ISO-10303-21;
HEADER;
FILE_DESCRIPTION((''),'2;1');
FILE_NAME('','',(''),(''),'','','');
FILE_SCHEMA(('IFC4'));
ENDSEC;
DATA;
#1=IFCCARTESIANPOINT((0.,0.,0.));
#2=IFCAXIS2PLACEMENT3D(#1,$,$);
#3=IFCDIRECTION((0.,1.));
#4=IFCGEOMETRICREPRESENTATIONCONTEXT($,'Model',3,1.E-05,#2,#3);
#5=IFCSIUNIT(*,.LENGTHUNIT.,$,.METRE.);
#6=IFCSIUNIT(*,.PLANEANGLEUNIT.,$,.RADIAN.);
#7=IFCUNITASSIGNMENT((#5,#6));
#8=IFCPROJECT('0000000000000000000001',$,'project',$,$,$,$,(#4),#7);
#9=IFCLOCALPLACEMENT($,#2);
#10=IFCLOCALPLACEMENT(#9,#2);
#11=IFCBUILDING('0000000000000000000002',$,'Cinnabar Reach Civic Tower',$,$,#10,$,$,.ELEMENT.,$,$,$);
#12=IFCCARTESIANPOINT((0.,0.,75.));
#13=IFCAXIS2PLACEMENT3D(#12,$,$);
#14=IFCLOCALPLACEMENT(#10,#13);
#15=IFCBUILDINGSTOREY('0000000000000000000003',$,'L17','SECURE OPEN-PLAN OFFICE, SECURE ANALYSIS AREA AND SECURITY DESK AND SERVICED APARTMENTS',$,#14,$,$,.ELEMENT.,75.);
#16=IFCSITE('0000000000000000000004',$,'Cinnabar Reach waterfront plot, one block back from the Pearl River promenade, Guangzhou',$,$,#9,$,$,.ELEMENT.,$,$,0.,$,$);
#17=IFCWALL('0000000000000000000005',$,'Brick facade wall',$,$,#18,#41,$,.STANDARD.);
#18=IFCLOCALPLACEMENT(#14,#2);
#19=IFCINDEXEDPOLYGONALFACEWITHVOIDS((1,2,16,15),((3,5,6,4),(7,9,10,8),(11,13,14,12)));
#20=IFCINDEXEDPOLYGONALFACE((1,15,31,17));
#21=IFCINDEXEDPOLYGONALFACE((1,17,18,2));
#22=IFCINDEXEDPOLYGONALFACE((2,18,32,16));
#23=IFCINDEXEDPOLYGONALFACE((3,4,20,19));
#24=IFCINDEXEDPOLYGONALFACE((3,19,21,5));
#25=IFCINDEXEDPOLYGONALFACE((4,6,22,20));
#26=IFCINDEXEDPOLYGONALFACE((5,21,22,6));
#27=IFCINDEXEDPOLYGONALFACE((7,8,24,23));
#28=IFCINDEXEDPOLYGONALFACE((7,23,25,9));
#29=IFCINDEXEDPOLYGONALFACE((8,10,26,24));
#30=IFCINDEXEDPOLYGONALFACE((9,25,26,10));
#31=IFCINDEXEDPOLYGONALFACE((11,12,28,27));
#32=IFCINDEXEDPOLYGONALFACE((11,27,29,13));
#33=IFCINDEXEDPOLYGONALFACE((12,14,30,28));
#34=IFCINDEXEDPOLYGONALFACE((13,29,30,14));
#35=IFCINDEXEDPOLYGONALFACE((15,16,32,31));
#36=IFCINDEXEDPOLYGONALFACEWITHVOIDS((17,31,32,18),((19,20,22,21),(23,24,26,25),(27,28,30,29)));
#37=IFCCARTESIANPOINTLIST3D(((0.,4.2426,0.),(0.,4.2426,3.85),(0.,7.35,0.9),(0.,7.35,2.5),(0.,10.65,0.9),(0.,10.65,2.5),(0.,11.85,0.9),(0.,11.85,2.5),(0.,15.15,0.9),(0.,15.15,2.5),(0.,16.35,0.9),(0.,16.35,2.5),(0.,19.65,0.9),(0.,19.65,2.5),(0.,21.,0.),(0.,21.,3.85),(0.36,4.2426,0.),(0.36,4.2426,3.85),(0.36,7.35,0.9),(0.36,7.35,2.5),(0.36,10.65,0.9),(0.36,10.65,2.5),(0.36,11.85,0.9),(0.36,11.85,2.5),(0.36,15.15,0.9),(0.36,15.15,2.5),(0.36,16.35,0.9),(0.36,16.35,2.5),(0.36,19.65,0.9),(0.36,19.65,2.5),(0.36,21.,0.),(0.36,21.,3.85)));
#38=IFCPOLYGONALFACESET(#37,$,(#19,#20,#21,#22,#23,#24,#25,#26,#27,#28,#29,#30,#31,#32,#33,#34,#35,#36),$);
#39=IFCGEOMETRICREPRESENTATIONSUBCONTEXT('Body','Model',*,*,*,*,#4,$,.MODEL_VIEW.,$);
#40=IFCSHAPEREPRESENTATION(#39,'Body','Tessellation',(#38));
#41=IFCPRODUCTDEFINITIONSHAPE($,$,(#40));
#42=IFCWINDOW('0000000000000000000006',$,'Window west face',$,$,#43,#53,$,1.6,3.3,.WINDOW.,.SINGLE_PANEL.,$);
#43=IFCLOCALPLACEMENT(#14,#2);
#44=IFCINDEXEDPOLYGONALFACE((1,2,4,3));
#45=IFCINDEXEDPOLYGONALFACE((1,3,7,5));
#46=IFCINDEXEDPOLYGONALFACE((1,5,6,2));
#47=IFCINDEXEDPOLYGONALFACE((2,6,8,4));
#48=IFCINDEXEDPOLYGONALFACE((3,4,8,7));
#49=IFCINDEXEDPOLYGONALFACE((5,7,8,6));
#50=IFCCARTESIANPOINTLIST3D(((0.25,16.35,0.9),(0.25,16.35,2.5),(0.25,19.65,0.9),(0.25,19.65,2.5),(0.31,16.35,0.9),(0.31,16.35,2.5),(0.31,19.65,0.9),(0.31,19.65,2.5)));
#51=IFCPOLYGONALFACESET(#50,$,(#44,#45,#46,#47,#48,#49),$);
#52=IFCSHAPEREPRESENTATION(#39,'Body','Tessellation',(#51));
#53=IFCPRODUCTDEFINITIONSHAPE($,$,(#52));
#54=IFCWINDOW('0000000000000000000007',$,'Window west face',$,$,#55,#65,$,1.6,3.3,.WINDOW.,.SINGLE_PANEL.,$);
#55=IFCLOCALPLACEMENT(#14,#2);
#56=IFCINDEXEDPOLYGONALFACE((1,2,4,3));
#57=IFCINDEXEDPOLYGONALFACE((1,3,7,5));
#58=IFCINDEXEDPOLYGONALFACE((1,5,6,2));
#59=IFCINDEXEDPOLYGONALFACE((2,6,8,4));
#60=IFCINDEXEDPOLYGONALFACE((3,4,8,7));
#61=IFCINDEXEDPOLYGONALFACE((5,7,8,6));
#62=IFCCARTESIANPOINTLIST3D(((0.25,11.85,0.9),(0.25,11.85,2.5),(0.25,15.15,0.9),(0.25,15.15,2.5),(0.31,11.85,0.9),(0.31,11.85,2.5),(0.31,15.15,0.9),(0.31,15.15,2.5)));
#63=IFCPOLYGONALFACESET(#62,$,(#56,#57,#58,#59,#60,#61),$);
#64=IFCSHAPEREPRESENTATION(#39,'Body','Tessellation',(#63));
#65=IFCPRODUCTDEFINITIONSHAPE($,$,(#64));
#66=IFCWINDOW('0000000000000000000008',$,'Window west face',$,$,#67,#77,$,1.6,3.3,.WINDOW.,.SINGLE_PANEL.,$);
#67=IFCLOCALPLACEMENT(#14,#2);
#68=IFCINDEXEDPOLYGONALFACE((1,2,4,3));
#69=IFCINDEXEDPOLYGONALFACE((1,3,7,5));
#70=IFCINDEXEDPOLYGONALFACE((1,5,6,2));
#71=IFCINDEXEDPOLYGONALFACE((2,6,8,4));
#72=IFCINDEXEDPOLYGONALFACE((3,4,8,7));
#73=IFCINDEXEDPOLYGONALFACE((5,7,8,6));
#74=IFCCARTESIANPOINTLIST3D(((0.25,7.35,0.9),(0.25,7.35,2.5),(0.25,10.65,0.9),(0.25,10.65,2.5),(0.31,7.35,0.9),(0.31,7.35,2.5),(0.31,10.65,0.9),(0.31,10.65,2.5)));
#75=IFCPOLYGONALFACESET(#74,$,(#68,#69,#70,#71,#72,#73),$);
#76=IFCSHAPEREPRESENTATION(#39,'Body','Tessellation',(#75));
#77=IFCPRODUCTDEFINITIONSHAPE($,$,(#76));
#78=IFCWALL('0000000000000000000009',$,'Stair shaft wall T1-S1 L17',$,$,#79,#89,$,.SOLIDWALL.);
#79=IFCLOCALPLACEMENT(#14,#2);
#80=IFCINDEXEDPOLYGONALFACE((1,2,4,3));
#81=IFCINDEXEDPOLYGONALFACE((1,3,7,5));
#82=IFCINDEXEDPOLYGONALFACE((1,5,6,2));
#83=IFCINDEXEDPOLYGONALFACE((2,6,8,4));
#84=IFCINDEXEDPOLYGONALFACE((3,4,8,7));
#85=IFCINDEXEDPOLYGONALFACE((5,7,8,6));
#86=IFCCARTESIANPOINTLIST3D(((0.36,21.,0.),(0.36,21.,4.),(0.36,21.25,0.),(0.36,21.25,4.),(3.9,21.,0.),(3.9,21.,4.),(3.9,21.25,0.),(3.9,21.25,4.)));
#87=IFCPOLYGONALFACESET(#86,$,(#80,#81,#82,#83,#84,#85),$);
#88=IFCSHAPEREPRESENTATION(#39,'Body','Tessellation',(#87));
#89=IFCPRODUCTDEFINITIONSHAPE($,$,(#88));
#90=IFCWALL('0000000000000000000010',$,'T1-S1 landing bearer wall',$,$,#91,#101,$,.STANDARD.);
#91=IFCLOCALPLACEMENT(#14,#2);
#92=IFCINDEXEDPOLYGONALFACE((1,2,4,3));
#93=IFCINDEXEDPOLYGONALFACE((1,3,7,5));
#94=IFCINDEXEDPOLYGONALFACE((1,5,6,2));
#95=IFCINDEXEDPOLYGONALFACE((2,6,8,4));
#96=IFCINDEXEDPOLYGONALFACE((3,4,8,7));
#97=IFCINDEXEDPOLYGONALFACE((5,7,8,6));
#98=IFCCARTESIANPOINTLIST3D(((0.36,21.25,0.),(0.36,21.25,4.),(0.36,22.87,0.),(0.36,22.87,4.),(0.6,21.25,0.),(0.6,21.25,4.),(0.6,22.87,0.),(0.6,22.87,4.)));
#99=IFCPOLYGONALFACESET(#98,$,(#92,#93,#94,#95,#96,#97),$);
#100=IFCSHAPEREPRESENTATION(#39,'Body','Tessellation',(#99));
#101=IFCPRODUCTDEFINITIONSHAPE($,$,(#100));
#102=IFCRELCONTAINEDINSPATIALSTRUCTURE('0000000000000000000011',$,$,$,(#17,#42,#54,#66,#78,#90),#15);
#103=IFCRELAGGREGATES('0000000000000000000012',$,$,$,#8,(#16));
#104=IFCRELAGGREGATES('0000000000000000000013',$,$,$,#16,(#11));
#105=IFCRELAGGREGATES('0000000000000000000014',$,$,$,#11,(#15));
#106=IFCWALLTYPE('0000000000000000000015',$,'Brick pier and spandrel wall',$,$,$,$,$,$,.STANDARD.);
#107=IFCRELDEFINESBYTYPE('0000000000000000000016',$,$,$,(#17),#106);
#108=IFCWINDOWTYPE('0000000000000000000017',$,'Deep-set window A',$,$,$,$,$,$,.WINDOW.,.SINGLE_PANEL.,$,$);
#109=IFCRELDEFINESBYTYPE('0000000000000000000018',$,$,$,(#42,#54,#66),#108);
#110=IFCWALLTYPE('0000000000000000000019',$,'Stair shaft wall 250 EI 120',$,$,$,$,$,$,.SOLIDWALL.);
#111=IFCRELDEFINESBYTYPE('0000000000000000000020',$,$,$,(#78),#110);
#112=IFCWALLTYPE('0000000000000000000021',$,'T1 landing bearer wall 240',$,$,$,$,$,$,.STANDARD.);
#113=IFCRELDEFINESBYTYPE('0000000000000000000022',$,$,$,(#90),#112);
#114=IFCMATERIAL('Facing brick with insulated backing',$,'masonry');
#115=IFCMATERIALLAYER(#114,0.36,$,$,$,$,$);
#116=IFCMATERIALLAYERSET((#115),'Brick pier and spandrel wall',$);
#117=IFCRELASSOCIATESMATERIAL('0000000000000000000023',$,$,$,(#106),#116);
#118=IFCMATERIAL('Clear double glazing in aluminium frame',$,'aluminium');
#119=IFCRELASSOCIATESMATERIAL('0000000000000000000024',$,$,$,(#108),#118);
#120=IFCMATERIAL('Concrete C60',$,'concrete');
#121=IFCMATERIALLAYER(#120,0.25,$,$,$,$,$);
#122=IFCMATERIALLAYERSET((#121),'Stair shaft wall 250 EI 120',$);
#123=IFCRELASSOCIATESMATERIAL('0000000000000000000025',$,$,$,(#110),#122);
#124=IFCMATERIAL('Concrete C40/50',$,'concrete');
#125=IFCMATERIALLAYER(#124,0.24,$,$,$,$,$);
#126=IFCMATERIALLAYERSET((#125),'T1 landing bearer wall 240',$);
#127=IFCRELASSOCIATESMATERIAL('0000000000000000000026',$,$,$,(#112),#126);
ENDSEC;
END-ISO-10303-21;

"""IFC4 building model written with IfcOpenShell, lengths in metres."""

from ifc_helpers import new_model, si_unit, direction, frame, frame_2d, origin, place, context, subcontext, project, spatial, rectangle, extrude, material, layer, layer_set, type_object, element, fill, save


model = new_model("IFC4")

# Units and contexts
model_context = context("Model", 3, precision=1e-05, world=origin(), true_north=direction((0.0, 1.0)))
body_context = subcontext(model_context, "Body", "Model", "MODEL_VIEW")
ifc_project = project(units=[si_unit("LENGTHUNIT", "METRE"), si_unit("PLANEANGLEUNIT", "RADIAN")], contexts=[model_context])

# Site, building, storey
site_placement = place(None, origin())
site = spatial("IfcSite", under=ifc_project, at=site_placement, Name="Cinnabar Reach waterfront plot, one block back from the Pearl River promenade, Guangzhou", CompositionType="ELEMENT", RefElevation=0.0)
building_placement = place(site_placement, origin())
building = spatial("IfcBuilding", under=site, at=building_placement, Name="Cinnabar Reach Civic Tower", CompositionType="ELEMENT")
storey_placement = place(building_placement, frame((0.0, 0.0, 75.0)))
storey = spatial("IfcBuildingStorey", under=building, at=storey_placement, Name="L17", Description="SECURE OPEN-PLAN OFFICE, SECURE ANALYSIS AREA AND SECURITY DESK AND SERVICED APARTMENTS", CompositionType="ELEMENT", Elevation=75.0)

# Shared definitions
ifc_material_1 = material(Name="Concrete C40/50", Category="concrete")

# Shared definitions
ifc_material_2 = material(Name="Facing brick with insulated backing", Category="masonry")

# Wall, openings, windows
ifc_layer_1 = layer(ifc_material_2, 0.36)
ifc_layer_set_1 = layer_set([ifc_layer_1], Name="Brick pier and spandrel wall")
wall_type_1 = type_object("IfcWallType", Name="Brick pier and spandrel wall", PredefinedType="STANDARD", material=ifc_layer_set_1)
wall_1_placement = place(storey_placement, frame((0.18, 21.0, 0.0), z_axis=(0.0, 0.0, 1.0), x_axis=(0.0, -1.0, 0.0)))
wall_1 = element("IfcWall", 1, at=wall_1_placement, inside=storey, type_object=wall_type_1, Name="Brick facade wall", PredefinedType="STANDARD", context=body_context, shape_type="SweptSolid", body=[
    extrude(rectangle(XDim=16.7574, YDim=0.36, at=frame_2d((8.3787, 0.0))), origin(), (0.0, 0.0, 1.0), 3.85),
])
opening_1_placement = place(wall_1_placement, frame((1.35, 0.0, 0.9)))
opening_1 = element("IfcOpeningElement", 2, at=opening_1_placement, cuts=wall_1, PredefinedType="OPENING", context=body_context, shape_type="SweptSolid", body=[
    extrude(rectangle(XDim=3.3, YDim=1.6, at=frame_2d((1.65, 0.8))), frame((0.0, 0.19, 0.0), z_axis=(0.0, -1.0, 0.0), x_axis=(1.0, 0.0, 0.0)), (0.0, 0.0, 1.0), 0.38),
])
opening_2_placement = place(wall_1_placement, frame((5.85, 0.0, 0.9)))
opening_2 = element("IfcOpeningElement", 3, at=opening_2_placement, cuts=wall_1, PredefinedType="OPENING", context=body_context, shape_type="SweptSolid", body=[
    extrude(rectangle(XDim=3.3, YDim=1.6, at=frame_2d((1.65, 0.8))), frame((0.0, 0.19, 0.0), z_axis=(0.0, -1.0, 0.0), x_axis=(1.0, 0.0, 0.0)), (0.0, 0.0, 1.0), 0.38),
])
opening_3_placement = place(wall_1_placement, frame((10.35, 0.0, 0.9)))
opening_3 = element("IfcOpeningElement", 4, at=opening_3_placement, cuts=wall_1, PredefinedType="OPENING", context=body_context, shape_type="SweptSolid", body=[
    extrude(rectangle(XDim=3.3, YDim=1.6, at=frame_2d((1.65, 0.8))), frame((0.0, 0.19, 0.0), z_axis=(0.0, -1.0, 0.0), x_axis=(1.0, 0.0, 0.0)), (0.0, 0.0, 1.0), 0.38),
])
ifc_material_3 = material(Name="Clear double glazing in aluminium frame", Category="aluminium")
window_type = type_object("IfcWindowType", Name="Deep-set window A", PartitioningType="SINGLE_PANEL", PredefinedType="WINDOW", material=ifc_material_3)
window_1_placement = place(opening_1_placement, origin())
window_1 = element("IfcWindow", 5, at=window_1_placement, inside=storey, type_object=window_type, Name="Window west face", OverallHeight=1.6, OverallWidth=3.3, PartitioningType="SINGLE_PANEL", PredefinedType="WINDOW", context=body_context, shape_type="SweptSolid", body=[
    extrude(rectangle(XDim=3.3, YDim=1.6, at=frame_2d((1.65, 0.8))), frame((0.0, 0.13, 0.0), z_axis=(0.0, -1.0, 0.0), x_axis=(1.0, 0.0, 0.0)), (0.0, 0.0, 1.0), 0.06),
])
fill(opening_1, window_1)
window_2_placement = place(opening_2_placement, origin())
window_2 = element("IfcWindow", 6, at=window_2_placement, inside=storey, type_object=window_type, Name="Window west face", OverallHeight=1.6, OverallWidth=3.3, PartitioningType="SINGLE_PANEL", PredefinedType="WINDOW", context=body_context, shape_type="SweptSolid", body=[
    extrude(rectangle(XDim=3.3, YDim=1.6, at=frame_2d((1.65, 0.8))), frame((0.0, 0.13, 0.0), z_axis=(0.0, -1.0, 0.0), x_axis=(1.0, 0.0, 0.0)), (0.0, 0.0, 1.0), 0.06),
])
fill(opening_2, window_2)
window_3_placement = place(opening_3_placement, origin())
window_3 = element("IfcWindow", 7, at=window_3_placement, inside=storey, type_object=window_type, Name="Window west face", OverallHeight=1.6, OverallWidth=3.3, PartitioningType="SINGLE_PANEL", PredefinedType="WINDOW", context=body_context, shape_type="SweptSolid", body=[
    extrude(rectangle(XDim=3.3, YDim=1.6, at=frame_2d((1.65, 0.8))), frame((0.0, 0.13, 0.0), z_axis=(0.0, -1.0, 0.0), x_axis=(1.0, 0.0, 0.0)), (0.0, 0.0, 1.0), 0.06),
])
fill(opening_3, window_3)

# Walls
ifc_material_4 = material(Name="Concrete C60", Category="concrete")
ifc_layer_2 = layer(ifc_material_4, 0.25)
ifc_layer_set_2 = layer_set([ifc_layer_2], Name="Stair shaft wall 250 EI 120")
wall_type_2 = type_object("IfcWallType", Name="Stair shaft wall 250 EI 120", PredefinedType="SOLIDWALL", material=ifc_layer_set_2)
wall_2_placement = place(storey_placement, frame((0.36, 21.125, 0.0), z_axis=(0.0, 0.0, 1.0), x_axis=(1.0, 0.0, 0.0)))
element("IfcWall", 8, at=wall_2_placement, inside=storey, type_object=wall_type_2, Name="Stair shaft wall T1-S1 L17", PredefinedType="SOLIDWALL", context=body_context, shape_type="SweptSolid", body=[
    extrude(rectangle(XDim=3.54, YDim=0.25, at=frame_2d((1.77, 0.0))), origin(), (0.0, 0.0, 1.0), 4.0),
])
ifc_layer_3 = layer(ifc_material_1, 0.24)
ifc_layer_set_3 = layer_set([ifc_layer_3], Name="T1 landing bearer wall 240")
wall_type_3 = type_object("IfcWallType", Name="T1 landing bearer wall 240", PredefinedType="STANDARD", material=ifc_layer_set_3)
wall_3_placement = place(storey_placement, frame((0.48, 21.25, 0.0), z_axis=(0.0, 0.0, 1.0), x_axis=(0.0, 1.0, 0.0)))
element("IfcWall", 9, at=wall_3_placement, inside=storey, type_object=wall_type_3, Name="T1-S1 landing bearer wall", PredefinedType="STANDARD", context=body_context, shape_type="SweptSolid", body=[
    extrude(rectangle(XDim=1.62, YDim=0.24, at=frame_2d((0.81, 0.0))), origin(), (0.0, 0.0, 1.0), 4.0),
])

save(model, "model.ifc")
